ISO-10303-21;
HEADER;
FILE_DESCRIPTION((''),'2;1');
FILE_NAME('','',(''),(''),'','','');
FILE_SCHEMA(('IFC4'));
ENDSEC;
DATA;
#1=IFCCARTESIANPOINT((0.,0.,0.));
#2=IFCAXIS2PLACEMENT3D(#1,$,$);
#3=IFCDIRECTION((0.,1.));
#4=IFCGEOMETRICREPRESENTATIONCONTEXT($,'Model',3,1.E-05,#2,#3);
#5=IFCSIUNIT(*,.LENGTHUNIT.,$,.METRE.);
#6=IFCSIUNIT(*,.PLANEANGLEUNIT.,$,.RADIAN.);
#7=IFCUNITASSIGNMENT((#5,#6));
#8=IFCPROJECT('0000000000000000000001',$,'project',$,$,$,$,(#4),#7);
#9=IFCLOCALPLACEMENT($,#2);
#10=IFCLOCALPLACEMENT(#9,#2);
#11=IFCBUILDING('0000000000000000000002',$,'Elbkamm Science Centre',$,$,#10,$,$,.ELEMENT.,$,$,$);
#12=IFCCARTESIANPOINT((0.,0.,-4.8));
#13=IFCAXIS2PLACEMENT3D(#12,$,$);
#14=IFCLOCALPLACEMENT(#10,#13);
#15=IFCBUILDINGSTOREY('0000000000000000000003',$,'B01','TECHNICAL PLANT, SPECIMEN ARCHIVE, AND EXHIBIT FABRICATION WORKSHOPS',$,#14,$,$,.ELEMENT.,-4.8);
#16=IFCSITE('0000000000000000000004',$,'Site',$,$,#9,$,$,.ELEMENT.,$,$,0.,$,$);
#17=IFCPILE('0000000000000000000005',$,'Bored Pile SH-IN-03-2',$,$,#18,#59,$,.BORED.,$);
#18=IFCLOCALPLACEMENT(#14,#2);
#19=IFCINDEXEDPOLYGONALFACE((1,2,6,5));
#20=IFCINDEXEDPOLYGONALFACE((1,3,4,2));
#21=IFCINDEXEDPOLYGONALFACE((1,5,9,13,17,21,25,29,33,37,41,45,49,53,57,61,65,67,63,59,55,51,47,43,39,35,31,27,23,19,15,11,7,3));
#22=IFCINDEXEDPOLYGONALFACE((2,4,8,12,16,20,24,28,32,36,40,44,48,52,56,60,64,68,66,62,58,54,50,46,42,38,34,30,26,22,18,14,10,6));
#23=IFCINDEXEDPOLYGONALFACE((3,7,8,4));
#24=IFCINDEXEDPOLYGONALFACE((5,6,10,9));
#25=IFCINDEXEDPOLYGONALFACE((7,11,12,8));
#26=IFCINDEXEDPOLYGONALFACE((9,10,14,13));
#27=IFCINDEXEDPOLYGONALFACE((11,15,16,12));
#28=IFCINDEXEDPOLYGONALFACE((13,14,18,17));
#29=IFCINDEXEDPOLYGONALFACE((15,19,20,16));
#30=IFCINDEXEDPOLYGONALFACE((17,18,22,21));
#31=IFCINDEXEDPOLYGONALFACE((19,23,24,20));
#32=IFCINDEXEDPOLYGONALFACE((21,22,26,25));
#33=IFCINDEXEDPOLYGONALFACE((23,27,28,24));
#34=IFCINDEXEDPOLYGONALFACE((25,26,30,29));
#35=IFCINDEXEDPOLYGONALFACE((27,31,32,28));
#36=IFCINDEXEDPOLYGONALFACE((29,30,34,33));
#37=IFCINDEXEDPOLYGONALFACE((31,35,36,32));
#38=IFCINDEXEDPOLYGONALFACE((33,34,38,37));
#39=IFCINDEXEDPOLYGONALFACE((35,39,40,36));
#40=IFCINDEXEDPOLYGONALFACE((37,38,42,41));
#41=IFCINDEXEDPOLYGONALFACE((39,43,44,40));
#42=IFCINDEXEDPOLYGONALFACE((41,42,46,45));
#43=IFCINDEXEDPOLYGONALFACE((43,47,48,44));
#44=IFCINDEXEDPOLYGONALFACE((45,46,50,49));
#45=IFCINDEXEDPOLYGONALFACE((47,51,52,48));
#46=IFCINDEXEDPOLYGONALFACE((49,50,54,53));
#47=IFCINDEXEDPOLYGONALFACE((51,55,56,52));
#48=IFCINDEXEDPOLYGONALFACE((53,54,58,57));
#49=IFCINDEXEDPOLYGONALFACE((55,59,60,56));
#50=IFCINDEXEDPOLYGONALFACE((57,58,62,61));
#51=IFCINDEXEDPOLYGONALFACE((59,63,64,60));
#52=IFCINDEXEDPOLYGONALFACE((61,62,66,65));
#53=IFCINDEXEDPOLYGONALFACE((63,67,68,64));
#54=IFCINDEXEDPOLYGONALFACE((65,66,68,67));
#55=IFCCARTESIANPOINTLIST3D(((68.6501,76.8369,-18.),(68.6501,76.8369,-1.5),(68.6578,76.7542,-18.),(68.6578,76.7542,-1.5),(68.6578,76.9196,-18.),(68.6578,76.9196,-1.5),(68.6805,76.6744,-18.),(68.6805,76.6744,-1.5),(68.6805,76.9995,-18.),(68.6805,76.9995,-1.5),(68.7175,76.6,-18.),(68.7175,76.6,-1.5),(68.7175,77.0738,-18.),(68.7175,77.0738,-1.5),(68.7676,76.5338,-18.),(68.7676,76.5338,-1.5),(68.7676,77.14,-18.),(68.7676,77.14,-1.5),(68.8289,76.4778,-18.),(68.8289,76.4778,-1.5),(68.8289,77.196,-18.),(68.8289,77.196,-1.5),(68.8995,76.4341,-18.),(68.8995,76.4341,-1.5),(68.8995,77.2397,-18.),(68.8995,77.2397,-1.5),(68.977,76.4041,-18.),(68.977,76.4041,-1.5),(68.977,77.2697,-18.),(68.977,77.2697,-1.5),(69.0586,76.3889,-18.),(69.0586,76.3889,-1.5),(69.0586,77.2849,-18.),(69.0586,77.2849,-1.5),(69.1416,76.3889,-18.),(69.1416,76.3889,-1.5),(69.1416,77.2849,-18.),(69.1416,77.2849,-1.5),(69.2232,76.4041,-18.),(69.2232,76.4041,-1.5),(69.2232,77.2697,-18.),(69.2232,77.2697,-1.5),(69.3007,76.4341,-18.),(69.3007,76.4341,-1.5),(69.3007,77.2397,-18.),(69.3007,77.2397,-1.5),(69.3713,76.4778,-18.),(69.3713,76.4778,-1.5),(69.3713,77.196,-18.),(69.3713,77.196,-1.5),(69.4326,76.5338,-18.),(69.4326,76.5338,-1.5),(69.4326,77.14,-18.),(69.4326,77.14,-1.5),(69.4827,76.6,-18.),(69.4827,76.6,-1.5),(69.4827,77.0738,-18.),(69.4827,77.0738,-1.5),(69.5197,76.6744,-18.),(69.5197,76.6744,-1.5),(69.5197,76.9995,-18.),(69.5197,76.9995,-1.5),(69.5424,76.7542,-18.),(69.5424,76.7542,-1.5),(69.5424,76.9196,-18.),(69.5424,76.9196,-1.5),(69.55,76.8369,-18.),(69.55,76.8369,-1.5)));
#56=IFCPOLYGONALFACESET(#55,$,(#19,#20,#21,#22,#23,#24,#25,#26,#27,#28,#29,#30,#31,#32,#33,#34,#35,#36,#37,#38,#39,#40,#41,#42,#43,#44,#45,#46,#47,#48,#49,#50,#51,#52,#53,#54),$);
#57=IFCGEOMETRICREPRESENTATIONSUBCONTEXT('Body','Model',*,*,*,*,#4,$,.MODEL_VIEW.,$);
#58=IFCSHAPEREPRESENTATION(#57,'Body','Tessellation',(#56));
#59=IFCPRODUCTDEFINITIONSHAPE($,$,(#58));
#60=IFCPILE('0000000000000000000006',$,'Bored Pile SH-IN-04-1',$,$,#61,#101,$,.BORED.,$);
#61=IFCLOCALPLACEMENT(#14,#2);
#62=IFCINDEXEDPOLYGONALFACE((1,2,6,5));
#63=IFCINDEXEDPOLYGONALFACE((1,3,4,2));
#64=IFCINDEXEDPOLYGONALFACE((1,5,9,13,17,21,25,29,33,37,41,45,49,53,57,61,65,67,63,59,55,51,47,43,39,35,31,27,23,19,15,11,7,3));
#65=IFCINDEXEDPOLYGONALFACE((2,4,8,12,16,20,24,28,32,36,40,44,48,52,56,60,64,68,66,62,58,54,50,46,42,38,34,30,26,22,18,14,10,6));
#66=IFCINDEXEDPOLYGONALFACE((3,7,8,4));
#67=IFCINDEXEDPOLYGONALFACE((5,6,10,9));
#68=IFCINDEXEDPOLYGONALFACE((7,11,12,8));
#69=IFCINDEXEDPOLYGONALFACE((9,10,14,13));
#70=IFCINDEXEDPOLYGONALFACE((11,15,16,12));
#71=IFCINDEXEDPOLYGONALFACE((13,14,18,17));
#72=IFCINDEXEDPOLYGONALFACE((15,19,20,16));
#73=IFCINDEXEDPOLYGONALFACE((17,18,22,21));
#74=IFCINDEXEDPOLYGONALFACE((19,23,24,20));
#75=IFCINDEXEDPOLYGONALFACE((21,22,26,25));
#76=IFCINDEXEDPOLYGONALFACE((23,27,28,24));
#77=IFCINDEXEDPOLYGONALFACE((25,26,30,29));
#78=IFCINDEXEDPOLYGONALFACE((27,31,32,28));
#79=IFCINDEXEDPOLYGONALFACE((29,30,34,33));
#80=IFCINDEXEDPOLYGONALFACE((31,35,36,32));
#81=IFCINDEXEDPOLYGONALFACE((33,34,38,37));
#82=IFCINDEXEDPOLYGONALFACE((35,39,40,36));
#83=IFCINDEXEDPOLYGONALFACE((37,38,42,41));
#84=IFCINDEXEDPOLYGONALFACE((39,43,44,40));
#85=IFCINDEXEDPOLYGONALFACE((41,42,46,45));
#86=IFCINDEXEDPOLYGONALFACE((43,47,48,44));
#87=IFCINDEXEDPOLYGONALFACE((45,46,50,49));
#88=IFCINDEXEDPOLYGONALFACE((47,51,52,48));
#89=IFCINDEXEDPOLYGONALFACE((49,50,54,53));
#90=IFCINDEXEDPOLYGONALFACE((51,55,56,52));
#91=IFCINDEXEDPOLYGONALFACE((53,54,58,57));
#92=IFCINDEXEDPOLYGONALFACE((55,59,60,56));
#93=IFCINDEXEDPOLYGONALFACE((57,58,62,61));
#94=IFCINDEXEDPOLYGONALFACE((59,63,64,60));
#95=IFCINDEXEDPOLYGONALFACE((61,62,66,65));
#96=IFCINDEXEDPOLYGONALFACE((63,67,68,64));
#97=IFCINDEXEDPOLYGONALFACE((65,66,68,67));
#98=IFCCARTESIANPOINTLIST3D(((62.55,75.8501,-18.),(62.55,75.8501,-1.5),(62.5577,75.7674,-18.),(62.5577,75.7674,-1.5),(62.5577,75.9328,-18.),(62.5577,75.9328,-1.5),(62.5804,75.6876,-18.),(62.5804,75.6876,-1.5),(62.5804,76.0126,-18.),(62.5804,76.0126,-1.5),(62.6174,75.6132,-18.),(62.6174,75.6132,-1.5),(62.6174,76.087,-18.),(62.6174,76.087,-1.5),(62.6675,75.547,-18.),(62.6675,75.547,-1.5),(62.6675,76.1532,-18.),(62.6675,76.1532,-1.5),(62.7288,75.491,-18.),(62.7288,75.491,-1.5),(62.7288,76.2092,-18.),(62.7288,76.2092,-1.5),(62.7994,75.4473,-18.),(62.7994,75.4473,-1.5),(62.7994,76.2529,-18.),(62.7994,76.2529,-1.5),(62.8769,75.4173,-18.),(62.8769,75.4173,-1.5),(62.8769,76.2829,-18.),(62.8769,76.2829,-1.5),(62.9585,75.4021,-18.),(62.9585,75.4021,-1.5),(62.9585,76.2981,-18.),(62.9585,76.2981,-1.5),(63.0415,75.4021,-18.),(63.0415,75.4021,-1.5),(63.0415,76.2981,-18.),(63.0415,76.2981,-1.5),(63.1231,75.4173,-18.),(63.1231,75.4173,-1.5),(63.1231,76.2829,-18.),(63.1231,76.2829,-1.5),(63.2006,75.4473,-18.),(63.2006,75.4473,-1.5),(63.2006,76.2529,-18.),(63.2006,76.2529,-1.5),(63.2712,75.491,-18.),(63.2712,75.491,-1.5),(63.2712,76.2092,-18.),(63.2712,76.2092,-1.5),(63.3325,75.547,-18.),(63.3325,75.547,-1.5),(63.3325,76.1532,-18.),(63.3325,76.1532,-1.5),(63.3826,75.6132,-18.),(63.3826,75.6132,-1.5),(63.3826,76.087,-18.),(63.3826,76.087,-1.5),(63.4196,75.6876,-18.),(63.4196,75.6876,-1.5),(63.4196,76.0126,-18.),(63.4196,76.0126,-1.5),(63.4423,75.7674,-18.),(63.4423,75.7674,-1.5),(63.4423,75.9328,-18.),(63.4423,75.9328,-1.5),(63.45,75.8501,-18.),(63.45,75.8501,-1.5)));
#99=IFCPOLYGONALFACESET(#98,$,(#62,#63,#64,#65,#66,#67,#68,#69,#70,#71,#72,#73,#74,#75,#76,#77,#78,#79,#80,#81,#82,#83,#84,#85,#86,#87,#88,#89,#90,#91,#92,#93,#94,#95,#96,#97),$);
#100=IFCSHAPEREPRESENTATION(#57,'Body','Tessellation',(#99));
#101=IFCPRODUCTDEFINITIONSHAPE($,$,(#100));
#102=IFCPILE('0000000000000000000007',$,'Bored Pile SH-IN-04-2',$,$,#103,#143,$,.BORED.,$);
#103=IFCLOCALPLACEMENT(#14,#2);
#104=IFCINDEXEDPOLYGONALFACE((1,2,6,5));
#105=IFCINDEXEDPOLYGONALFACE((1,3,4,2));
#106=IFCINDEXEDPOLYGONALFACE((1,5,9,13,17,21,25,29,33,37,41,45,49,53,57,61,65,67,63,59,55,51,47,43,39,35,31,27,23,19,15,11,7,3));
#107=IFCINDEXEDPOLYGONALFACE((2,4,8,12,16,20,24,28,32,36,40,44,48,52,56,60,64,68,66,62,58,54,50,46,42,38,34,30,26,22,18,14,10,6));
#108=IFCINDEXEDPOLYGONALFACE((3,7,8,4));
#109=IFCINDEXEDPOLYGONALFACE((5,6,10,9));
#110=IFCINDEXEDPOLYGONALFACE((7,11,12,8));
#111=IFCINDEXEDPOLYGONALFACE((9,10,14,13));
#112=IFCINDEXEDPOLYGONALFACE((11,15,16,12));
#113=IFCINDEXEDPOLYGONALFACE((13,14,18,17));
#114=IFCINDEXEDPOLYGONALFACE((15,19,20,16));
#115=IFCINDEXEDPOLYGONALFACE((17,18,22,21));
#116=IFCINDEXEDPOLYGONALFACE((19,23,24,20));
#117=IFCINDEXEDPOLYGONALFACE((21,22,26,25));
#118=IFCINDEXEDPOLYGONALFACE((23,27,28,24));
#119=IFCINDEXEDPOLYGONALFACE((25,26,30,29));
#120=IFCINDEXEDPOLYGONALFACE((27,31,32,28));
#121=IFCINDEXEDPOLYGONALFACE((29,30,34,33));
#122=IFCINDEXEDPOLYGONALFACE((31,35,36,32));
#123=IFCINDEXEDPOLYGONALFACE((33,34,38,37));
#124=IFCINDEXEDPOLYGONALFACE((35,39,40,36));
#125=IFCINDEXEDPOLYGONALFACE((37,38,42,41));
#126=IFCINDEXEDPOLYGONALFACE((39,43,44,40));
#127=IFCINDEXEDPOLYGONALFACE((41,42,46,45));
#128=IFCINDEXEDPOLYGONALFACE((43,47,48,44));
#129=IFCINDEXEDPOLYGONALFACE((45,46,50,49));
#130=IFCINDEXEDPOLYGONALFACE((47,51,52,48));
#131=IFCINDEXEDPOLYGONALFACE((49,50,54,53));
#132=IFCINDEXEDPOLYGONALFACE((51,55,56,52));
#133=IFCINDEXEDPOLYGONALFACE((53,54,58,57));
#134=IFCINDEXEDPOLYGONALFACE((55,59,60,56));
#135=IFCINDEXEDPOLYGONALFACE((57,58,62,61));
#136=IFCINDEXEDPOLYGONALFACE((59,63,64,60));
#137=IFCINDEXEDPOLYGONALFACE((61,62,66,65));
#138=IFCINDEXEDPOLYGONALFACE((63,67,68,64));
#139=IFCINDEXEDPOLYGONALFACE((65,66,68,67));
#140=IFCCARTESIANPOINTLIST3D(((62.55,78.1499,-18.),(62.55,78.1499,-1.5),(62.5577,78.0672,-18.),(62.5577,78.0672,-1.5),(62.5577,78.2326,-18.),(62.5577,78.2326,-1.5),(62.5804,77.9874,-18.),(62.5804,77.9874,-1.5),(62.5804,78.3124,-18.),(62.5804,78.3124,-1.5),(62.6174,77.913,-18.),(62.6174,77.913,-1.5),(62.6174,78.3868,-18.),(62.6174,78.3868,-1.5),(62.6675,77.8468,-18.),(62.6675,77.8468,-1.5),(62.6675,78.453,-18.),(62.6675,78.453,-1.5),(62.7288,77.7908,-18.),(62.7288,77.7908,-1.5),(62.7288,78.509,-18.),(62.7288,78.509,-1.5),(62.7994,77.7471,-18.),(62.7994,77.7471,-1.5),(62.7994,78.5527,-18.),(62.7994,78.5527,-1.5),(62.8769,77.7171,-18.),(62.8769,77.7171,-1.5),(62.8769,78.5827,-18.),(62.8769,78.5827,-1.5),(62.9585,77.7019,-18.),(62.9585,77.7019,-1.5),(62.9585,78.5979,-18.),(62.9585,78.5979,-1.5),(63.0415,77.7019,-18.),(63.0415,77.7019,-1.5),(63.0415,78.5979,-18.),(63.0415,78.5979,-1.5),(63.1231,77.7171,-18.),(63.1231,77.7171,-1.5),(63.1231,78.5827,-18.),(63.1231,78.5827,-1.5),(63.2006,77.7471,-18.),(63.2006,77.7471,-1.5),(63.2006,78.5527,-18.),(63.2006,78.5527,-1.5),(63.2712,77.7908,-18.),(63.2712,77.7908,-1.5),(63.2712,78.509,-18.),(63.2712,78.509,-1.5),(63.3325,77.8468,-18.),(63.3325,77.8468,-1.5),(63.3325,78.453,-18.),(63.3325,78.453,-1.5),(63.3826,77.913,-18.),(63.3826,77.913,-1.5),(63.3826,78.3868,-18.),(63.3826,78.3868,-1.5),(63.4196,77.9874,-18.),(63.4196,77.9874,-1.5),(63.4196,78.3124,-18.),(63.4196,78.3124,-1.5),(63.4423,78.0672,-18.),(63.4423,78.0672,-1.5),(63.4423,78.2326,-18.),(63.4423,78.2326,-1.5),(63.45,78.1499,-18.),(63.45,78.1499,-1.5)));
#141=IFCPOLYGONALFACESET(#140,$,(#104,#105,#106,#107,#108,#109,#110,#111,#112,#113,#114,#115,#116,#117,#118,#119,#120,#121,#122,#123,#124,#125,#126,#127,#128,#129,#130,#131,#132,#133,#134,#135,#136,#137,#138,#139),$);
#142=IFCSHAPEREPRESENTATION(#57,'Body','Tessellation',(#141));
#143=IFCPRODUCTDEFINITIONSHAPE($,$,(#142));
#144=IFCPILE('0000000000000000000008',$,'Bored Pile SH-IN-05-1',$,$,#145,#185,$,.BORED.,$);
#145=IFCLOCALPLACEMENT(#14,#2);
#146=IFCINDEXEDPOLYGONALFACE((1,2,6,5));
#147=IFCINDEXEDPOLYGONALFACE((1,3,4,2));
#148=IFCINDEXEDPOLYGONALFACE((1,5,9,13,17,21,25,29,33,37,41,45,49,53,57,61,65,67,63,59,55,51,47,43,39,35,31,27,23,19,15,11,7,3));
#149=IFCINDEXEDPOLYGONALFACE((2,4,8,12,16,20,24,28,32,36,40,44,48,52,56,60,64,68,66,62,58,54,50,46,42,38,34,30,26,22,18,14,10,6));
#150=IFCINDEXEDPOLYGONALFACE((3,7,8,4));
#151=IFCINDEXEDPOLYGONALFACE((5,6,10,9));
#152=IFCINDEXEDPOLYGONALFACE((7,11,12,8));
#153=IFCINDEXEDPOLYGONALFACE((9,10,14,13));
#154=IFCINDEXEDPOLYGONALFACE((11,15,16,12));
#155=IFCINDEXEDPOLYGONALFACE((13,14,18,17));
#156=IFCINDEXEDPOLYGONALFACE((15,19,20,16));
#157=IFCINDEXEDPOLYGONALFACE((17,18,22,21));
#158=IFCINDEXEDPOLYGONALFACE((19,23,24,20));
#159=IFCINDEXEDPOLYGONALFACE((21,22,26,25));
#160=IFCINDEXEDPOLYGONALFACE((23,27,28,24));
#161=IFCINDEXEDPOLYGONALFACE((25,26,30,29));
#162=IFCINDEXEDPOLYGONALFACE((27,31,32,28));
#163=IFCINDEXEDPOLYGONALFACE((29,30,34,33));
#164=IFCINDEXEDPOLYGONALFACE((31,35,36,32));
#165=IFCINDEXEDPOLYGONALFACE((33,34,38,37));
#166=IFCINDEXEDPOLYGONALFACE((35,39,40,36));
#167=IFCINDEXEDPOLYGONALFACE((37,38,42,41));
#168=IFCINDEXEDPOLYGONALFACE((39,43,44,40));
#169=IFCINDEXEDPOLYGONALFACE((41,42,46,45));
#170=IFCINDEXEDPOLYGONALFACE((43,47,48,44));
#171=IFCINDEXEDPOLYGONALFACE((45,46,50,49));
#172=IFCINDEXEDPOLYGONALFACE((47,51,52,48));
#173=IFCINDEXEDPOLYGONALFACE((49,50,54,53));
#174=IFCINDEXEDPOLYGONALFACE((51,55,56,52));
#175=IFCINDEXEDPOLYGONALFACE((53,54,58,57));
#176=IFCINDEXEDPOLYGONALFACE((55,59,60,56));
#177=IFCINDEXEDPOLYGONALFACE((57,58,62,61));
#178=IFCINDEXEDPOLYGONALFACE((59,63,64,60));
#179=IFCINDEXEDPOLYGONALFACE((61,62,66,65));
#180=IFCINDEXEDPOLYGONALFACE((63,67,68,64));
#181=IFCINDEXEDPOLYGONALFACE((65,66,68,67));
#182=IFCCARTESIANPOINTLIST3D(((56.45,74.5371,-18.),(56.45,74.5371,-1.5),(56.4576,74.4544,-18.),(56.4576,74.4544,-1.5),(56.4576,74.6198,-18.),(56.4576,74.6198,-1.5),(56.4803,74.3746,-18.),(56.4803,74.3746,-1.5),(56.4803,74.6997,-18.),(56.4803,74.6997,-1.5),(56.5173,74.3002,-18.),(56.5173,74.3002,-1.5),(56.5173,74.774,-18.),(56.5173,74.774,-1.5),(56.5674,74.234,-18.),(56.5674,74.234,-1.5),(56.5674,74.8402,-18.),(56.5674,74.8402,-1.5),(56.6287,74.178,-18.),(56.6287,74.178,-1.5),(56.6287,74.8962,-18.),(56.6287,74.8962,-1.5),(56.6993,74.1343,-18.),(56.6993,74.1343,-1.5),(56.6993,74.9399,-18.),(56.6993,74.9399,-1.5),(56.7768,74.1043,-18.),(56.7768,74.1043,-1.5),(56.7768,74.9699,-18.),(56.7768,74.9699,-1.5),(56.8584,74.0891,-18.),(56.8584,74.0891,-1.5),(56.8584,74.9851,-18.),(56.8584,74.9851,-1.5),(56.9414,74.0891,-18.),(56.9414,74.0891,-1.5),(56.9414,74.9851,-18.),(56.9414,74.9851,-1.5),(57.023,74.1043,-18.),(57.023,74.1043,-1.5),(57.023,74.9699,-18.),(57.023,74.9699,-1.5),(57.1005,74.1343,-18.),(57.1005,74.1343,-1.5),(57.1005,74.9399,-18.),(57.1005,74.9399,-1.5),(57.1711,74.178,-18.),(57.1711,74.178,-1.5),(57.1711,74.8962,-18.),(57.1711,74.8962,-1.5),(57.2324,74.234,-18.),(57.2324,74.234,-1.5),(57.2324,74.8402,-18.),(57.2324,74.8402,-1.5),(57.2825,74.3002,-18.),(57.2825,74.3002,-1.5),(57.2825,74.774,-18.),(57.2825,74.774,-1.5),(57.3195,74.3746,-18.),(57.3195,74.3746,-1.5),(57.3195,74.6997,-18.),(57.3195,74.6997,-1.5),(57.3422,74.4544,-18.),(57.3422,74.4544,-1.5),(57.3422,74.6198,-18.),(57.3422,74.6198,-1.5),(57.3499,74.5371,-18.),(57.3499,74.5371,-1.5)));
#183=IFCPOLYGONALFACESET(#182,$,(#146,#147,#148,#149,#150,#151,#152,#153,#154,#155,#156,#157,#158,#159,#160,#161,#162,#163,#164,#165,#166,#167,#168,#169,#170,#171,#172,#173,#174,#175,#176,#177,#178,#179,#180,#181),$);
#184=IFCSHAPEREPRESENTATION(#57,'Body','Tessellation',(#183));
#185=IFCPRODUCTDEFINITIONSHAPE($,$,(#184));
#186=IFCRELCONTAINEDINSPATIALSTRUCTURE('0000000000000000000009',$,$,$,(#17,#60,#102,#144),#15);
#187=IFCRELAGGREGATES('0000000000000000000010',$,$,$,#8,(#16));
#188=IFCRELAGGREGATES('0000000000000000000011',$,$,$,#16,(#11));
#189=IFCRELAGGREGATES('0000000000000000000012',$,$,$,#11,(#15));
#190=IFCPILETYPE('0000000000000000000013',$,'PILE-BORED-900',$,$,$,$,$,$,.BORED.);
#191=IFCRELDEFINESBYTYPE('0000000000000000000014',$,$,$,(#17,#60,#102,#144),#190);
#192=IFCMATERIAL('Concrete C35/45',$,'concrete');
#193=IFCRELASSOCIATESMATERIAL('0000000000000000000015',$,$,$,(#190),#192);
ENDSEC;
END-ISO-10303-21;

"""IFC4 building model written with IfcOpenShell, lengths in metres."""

from ifc_helpers import new_model, si_unit, direction, frame, origin, origin_2d, place, context, subcontext, project, spatial, circle, extrude, material, material_profile, profile_set, type_object, element, save


model = new_model("IFC4")

# Units and contexts
model_context = context("Model", 3, precision=1e-05, world=origin(), true_north=direction((0.0, 1.0)))
body_context = subcontext(model_context, "Body", "Model", "MODEL_VIEW")
ifc_project = project(units=[si_unit("LENGTHUNIT", "METRE"), si_unit("PLANEANGLEUNIT", "RADIAN")], contexts=[model_context])

# Site, building, storey
site_placement = place(None, origin())
site = spatial("IfcSite", under=ifc_project, at=site_placement, Name="Site", CompositionType="ELEMENT", RefElevation=0.0)
building_placement = place(site_placement, origin())
building = spatial("IfcBuilding", under=site, at=building_placement, Name="Elbkamm Science Centre", CompositionType="ELEMENT")
storey_placement = place(building_placement, frame((0.0, 0.0, -4.8)))
storey = spatial("IfcBuildingStorey", under=building, at=storey_placement, Name="B01", Description="TECHNICAL PLANT, SPECIMEN ARCHIVE, AND EXHIBIT FABRICATION WORKSHOPS", CompositionType="ELEMENT", Elevation=-4.8)

# Shared definitions
ifc_material_1 = material(Name="Concrete C35/45", Category="concrete")

# Piles
ifc_material_profile_1 = material_profile(ifc_material_1, circle(Radius=0.45, at=origin_2d()), Name="PILE D900")
ifc_profile_set_1 = profile_set([ifc_material_profile_1], Name="Concrete C35/45")
pile_type = type_object("IfcPileType", Name="PILE-BORED-900", PredefinedType="BORED", material=ifc_profile_set_1)
for number, where, z_axis, x_axis, name in (
    (1, (69.1001, 76.8369, -1.5), (0.0, 0.0, -1.0), (1.0, 0.0, 0.0), "Bored Pile SH-IN-03-2"),
    (2, (63.0, 75.8501, -1.5), (0.0, 0.0, -1.0), (1.0, 0.0, 0.0), "Bored Pile SH-IN-04-1"),
    (3, (63.0, 78.1499, -1.5), (0.0, 0.0, -1.0), (1.0, 0.0, 0.0), "Bored Pile SH-IN-04-2"),
    (4, (56.8999, 74.5371, -1.5), (0.0, 0.0, -1.0), (1.0, 0.0, 0.0), "Bored Pile SH-IN-05-1"),
):
    element("IfcPile", number, at=place(storey_placement, frame(where, z_axis=z_axis, x_axis=x_axis)), inside=storey, type_object=pile_type, Name=name, PredefinedType="BORED", context=body_context, shape_type="SweptSolid", body=[
        extrude(circle(Radius=0.45, at=origin_2d()), origin(), (0.0, 0.0, 1.0), 16.5),
    ])

save(model, "model.ifc")
